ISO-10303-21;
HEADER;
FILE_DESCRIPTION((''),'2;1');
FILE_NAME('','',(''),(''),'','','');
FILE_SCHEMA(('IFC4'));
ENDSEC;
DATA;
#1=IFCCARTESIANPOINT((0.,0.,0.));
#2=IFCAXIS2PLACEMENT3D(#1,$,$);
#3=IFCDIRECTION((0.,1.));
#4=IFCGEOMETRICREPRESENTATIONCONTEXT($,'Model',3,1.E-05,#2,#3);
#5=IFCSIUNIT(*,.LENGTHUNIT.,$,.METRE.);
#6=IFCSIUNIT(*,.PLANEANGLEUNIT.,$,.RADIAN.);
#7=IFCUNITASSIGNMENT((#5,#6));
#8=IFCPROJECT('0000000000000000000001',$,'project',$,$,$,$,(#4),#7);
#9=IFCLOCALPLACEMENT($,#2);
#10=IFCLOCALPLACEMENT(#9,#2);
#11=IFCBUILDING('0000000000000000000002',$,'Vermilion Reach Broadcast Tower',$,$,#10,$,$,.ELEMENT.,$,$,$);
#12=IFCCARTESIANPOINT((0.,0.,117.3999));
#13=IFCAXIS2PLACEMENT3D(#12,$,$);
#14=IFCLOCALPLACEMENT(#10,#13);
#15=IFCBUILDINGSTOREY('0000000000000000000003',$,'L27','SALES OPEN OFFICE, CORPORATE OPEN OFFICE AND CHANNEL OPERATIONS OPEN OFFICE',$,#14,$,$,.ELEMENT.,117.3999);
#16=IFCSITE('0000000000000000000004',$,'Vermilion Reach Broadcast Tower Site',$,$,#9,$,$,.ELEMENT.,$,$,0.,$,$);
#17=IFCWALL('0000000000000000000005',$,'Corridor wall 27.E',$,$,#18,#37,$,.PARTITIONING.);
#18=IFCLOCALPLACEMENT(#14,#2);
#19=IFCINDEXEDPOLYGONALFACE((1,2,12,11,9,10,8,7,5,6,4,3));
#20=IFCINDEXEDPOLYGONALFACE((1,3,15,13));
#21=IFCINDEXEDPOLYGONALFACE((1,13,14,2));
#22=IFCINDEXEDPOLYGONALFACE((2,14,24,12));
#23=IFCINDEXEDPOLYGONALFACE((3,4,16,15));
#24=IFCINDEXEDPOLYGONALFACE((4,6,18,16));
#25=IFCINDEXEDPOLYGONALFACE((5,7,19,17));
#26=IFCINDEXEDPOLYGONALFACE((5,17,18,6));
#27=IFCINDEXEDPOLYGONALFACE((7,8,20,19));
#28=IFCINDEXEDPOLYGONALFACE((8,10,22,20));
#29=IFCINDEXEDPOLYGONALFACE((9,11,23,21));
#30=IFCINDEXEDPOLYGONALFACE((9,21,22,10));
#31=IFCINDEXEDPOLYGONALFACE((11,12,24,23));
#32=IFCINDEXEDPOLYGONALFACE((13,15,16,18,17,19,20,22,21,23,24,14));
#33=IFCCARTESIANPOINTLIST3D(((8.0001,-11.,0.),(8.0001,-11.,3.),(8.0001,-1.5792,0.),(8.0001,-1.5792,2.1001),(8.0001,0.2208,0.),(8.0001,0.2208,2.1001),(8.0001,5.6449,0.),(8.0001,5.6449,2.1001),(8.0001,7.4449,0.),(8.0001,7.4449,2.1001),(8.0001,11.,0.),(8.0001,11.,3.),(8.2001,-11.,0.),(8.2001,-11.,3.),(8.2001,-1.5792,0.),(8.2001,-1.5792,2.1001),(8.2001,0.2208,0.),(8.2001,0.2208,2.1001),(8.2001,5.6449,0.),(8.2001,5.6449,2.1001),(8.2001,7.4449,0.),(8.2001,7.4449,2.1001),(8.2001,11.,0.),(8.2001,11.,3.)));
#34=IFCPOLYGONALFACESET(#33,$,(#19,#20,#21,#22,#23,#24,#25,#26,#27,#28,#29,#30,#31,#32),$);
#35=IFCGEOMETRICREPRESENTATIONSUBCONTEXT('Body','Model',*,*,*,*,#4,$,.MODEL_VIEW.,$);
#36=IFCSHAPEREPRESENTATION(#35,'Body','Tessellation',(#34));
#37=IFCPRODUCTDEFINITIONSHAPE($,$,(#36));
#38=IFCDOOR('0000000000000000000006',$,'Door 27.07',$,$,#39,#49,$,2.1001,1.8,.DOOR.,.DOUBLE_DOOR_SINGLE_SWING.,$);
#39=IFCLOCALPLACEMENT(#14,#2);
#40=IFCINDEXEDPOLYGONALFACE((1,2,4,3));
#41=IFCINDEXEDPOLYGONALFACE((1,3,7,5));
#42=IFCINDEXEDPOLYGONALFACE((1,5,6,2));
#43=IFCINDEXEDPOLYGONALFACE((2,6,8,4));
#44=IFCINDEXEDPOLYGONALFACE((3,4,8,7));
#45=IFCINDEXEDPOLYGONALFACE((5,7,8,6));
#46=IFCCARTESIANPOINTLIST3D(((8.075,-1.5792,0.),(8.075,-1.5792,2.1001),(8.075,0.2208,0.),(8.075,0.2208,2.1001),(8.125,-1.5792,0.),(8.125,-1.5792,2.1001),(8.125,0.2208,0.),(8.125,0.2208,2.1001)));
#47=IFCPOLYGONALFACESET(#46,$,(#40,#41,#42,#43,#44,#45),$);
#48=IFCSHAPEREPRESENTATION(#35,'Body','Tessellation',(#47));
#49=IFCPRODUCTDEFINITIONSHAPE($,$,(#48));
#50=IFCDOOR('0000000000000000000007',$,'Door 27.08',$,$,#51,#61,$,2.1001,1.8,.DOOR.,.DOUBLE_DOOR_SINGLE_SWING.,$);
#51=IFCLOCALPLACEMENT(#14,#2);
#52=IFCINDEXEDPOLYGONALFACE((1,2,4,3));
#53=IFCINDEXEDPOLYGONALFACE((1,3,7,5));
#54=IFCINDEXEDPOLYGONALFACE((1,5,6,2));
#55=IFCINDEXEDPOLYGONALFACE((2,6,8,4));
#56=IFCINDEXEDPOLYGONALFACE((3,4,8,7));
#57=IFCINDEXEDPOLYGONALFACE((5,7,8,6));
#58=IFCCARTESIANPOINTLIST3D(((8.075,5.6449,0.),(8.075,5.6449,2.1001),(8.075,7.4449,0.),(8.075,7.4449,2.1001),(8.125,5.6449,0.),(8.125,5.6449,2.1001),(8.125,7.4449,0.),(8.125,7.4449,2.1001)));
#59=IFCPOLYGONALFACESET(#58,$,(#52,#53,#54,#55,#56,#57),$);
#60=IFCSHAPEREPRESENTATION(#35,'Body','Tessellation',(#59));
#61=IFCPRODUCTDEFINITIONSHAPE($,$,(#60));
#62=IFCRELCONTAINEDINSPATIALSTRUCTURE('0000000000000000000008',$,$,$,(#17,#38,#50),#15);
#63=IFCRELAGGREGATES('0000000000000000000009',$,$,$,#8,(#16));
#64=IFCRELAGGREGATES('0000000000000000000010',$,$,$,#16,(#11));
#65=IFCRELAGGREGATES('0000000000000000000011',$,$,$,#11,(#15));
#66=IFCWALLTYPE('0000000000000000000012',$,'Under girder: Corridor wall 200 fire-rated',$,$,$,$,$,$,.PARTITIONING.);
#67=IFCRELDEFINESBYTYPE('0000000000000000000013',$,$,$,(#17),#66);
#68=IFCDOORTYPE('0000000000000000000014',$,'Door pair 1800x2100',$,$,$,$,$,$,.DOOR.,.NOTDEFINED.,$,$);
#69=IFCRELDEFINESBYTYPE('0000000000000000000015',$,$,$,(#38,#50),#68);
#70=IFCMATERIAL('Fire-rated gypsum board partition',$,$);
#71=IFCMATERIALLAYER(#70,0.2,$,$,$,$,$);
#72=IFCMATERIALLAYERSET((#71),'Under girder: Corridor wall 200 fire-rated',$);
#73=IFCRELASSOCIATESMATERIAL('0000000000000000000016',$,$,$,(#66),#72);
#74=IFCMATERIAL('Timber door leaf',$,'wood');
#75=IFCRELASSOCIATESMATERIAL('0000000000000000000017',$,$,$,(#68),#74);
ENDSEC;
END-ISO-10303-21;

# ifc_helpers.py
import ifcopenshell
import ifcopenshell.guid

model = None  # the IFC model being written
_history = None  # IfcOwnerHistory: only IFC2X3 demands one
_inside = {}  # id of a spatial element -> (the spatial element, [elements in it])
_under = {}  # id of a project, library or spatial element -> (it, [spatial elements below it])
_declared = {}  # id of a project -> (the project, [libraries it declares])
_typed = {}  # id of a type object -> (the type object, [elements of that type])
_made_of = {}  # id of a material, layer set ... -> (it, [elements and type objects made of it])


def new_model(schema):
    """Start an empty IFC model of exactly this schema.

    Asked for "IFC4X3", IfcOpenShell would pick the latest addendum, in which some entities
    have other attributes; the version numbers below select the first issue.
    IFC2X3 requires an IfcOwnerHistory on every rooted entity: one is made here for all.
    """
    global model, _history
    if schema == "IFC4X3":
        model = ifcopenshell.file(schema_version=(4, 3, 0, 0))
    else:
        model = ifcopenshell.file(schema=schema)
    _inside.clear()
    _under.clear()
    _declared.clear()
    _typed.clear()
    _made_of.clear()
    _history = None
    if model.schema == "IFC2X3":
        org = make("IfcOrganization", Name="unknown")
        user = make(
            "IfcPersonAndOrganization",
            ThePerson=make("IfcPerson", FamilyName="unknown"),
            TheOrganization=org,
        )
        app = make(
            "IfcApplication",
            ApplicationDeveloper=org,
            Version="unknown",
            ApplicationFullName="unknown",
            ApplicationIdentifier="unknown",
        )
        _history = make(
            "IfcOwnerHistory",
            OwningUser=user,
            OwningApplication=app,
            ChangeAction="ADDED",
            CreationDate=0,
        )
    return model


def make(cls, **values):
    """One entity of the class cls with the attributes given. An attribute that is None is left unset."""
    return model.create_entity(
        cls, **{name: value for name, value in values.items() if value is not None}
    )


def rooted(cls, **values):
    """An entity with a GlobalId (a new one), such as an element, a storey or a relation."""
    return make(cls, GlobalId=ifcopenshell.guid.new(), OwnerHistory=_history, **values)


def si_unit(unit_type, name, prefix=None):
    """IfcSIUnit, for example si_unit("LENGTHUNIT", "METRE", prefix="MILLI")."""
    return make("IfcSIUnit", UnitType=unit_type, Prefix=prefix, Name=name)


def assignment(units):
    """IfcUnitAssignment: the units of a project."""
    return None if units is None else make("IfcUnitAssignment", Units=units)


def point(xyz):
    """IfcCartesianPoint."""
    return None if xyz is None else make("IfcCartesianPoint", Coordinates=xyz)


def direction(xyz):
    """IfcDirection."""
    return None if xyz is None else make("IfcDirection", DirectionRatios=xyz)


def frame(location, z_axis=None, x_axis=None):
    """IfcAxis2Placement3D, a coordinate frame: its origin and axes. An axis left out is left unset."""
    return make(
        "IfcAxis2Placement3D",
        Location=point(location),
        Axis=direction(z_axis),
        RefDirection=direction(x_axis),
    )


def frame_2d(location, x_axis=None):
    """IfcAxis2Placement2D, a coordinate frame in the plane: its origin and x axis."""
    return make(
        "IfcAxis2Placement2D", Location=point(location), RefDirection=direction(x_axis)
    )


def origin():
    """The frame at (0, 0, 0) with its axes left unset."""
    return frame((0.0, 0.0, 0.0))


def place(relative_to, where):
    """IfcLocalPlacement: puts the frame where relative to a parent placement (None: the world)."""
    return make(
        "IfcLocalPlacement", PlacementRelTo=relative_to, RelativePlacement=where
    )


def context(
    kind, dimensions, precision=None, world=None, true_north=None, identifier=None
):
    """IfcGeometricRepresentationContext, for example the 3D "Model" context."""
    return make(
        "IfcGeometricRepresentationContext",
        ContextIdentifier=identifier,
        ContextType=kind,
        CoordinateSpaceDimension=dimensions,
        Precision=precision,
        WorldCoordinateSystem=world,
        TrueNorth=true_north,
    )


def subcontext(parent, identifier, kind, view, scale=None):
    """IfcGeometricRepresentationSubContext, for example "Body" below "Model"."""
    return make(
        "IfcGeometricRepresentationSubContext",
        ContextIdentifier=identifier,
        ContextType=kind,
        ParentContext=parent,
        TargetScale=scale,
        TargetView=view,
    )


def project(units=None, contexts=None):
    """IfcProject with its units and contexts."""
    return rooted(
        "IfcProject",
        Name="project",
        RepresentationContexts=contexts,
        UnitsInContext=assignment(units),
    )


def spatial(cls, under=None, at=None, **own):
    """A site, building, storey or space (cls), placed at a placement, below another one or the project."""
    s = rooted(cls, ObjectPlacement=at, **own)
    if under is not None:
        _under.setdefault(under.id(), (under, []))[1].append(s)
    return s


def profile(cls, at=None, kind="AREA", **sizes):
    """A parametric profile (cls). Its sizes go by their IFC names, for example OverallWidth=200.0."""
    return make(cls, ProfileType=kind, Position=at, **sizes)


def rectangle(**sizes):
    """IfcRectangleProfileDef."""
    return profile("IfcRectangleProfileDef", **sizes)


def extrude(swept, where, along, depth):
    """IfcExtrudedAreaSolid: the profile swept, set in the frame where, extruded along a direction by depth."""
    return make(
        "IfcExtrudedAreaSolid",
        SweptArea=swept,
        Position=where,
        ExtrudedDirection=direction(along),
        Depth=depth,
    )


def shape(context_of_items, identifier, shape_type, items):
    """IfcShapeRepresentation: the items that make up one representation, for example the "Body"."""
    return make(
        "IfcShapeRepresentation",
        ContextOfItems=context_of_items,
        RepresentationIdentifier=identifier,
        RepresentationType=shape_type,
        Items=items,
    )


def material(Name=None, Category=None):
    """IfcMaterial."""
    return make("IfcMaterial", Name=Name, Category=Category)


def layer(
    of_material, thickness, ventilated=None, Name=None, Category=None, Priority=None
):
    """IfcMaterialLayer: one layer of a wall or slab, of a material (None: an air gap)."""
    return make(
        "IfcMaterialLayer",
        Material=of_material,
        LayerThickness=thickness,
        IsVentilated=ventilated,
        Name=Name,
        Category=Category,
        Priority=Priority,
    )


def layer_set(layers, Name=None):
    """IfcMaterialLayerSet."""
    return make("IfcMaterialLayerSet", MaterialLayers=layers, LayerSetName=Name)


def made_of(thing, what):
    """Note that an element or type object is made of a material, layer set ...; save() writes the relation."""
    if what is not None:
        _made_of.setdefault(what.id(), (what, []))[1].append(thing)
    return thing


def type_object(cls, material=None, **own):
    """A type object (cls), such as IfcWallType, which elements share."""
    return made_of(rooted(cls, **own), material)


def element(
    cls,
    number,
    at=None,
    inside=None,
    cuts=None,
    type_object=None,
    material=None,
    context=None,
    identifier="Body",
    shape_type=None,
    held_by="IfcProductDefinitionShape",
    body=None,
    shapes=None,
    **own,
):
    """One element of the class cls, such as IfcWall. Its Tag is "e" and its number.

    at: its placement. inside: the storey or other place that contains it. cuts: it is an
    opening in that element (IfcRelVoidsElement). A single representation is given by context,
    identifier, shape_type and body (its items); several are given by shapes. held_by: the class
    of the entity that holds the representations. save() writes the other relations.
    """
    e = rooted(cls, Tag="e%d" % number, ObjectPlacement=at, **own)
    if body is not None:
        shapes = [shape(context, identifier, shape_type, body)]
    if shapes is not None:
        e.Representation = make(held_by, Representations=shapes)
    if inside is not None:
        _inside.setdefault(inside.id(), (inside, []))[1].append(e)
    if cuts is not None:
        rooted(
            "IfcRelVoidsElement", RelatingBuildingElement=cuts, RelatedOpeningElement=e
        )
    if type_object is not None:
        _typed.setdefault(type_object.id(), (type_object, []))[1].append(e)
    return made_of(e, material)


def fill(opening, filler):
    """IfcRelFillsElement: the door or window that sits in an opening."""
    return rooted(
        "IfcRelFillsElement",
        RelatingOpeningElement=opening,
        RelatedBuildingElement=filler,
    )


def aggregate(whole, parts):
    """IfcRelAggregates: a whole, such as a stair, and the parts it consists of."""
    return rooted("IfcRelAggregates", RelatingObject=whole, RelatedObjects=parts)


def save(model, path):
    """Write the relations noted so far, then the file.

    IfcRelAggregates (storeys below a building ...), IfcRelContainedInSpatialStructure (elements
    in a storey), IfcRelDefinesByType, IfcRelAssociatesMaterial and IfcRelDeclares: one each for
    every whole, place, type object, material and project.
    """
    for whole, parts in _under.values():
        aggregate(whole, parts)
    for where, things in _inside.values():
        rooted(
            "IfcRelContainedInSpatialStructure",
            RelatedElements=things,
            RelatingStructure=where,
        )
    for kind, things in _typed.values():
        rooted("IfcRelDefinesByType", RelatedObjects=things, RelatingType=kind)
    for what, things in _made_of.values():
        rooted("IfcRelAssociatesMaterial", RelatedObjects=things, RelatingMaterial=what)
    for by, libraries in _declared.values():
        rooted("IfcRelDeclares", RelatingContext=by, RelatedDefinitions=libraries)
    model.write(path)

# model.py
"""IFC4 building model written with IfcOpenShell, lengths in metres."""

from ifc_helpers import new_model, si_unit, direction, frame, frame_2d, origin, place, context, subcontext, project, spatial, rectangle, extrude, material, layer, layer_set, type_object, element, fill, save


model = new_model("IFC4")

# Units and contexts
model_context = context("Model", 3, precision=1e-05, world=origin(), true_north=direction((0.0, 1.0)))
body_context = subcontext(model_context, "Body", "Model", "MODEL_VIEW")
ifc_project = project(units=[si_unit("LENGTHUNIT", "METRE"), si_unit("PLANEANGLEUNIT", "RADIAN")], contexts=[model_context])

# Site, building, storey
site_placement = place(None, origin())
site = spatial("IfcSite", under=ifc_project, at=site_placement, Name="Vermilion Reach Broadcast Tower Site", CompositionType="ELEMENT", RefElevation=0.0)
building_placement = place(site_placement, origin())
building = spatial("IfcBuilding", under=site, at=building_placement, Name="Vermilion Reach Broadcast Tower", CompositionType="ELEMENT")
storey_placement = place(building_placement, frame((0.0, 0.0, 117.3999)))
storey = spatial("IfcBuildingStorey", under=building, at=storey_placement, Name="L27", Description="SALES OPEN OFFICE, CORPORATE OPEN OFFICE AND CHANNEL OPERATIONS OPEN OFFICE", CompositionType="ELEMENT", Elevation=117.3999)

# Wall, openings, doors
ifc_material_1 = material(Name="Fire-rated gypsum board partition")
ifc_layer_1 = layer(ifc_material_1, 0.2)
ifc_layer_set_1 = layer_set([ifc_layer_1], Name="Under girder: Corridor wall 200 fire-rated")
wall_type_1 = type_object("IfcWallType", Name="Under girder: Corridor wall 200 fire-rated", PredefinedType="PARTITIONING", material=ifc_layer_set_1)
wall_1_placement = place(storey_placement, frame((8.1001, 11.0, 0.0), z_axis=(0.0, 0.0, 1.0), x_axis=(0.0, -1.0, 0.0)))
wall_1 = element("IfcWall", 1, at=wall_1_placement, inside=storey, type_object=wall_type_1, Name="Corridor wall 27.E", PredefinedType="PARTITIONING", context=body_context, shape_type="SweptSolid", body=[
    extrude(rectangle(XDim=22.0, YDim=0.2, at=frame_2d((11.0, 0.0))), origin(), (0.0, 0.0, 1.0), 3.0),
])
opening_1_placement = place(wall_1_placement, frame((10.7793, 0.0, 0.0)))
opening_1 = element("IfcOpeningElement", 2, at=opening_1_placement, cuts=wall_1, PredefinedType="OPENING", context=body_context, shape_type="SweptSolid", body=[
    extrude(rectangle(XDim=1.8, YDim=2.1001, at=frame_2d((0.8999, 1.05))), frame((0.0, 0.1099, 0.0), z_axis=(0.0, -1.0, 0.0), x_axis=(1.0, 0.0, 0.0)), (0.0, 0.0, 1.0), 0.22),
])
opening_2_placement = place(wall_1_placement, frame((3.5552, 0.0, 0.0)))
opening_2 = element("IfcOpeningElement", 3, at=opening_2_placement, cuts=wall_1, PredefinedType="OPENING", context=body_context, shape_type="SweptSolid", body=[
    extrude(rectangle(XDim=1.8, YDim=2.1001, at=frame_2d((0.8999, 1.05))), frame((0.0, 0.1099, 0.0), z_axis=(0.0, -1.0, 0.0), x_axis=(1.0, 0.0, 0.0)), (0.0, 0.0, 1.0), 0.22),
])
ifc_material_2 = material(Name="Timber door leaf", Category="wood")
door_type_1 = type_object("IfcDoorType", Name="Door pair 1800x2100", OperationType="NOTDEFINED", PredefinedType="DOOR", material=ifc_material_2)
door_1_placement = place(opening_1_placement, origin())
door_1 = element("IfcDoor", 4, at=door_1_placement, inside=storey, type_object=door_type_1, Name="Door 27.07", OperationType="DOUBLE_DOOR_SINGLE_SWING", OverallHeight=2.1001, OverallWidth=1.8, PredefinedType="DOOR", context=body_context, shape_type="SweptSolid", body=[
    extrude(rectangle(XDim=1.8, YDim=2.1001, at=frame_2d((0.8999, 1.05))), frame((0.0, 0.0249, 0.0), z_axis=(0.0, -1.0, 0.0), x_axis=(1.0, 0.0, 0.0)), (0.0, 0.0, 1.0), 0.05),
])
fill(opening_1, door_1)
door_2_placement = place(opening_2_placement, origin())
door_2 = element("IfcDoor", 5, at=door_2_placement, inside=storey, type_object=door_type_1, Name="Door 27.08", OperationType="DOUBLE_DOOR_SINGLE_SWING", OverallHeight=2.1001, OverallWidth=1.8, PredefinedType="DOOR", context=body_context, shape_type="SweptSolid", body=[
    extrude(rectangle(XDim=1.8, YDim=2.1001, at=frame_2d((0.8999, 1.05))), frame((0.0, 0.0249, 0.0), z_axis=(0.0, -1.0, 0.0), x_axis=(1.0, 0.0, 0.0)), (0.0, 0.0, 1.0), 0.05),
])
fill(opening_2, door_2)

save(model, "model.ifc")
